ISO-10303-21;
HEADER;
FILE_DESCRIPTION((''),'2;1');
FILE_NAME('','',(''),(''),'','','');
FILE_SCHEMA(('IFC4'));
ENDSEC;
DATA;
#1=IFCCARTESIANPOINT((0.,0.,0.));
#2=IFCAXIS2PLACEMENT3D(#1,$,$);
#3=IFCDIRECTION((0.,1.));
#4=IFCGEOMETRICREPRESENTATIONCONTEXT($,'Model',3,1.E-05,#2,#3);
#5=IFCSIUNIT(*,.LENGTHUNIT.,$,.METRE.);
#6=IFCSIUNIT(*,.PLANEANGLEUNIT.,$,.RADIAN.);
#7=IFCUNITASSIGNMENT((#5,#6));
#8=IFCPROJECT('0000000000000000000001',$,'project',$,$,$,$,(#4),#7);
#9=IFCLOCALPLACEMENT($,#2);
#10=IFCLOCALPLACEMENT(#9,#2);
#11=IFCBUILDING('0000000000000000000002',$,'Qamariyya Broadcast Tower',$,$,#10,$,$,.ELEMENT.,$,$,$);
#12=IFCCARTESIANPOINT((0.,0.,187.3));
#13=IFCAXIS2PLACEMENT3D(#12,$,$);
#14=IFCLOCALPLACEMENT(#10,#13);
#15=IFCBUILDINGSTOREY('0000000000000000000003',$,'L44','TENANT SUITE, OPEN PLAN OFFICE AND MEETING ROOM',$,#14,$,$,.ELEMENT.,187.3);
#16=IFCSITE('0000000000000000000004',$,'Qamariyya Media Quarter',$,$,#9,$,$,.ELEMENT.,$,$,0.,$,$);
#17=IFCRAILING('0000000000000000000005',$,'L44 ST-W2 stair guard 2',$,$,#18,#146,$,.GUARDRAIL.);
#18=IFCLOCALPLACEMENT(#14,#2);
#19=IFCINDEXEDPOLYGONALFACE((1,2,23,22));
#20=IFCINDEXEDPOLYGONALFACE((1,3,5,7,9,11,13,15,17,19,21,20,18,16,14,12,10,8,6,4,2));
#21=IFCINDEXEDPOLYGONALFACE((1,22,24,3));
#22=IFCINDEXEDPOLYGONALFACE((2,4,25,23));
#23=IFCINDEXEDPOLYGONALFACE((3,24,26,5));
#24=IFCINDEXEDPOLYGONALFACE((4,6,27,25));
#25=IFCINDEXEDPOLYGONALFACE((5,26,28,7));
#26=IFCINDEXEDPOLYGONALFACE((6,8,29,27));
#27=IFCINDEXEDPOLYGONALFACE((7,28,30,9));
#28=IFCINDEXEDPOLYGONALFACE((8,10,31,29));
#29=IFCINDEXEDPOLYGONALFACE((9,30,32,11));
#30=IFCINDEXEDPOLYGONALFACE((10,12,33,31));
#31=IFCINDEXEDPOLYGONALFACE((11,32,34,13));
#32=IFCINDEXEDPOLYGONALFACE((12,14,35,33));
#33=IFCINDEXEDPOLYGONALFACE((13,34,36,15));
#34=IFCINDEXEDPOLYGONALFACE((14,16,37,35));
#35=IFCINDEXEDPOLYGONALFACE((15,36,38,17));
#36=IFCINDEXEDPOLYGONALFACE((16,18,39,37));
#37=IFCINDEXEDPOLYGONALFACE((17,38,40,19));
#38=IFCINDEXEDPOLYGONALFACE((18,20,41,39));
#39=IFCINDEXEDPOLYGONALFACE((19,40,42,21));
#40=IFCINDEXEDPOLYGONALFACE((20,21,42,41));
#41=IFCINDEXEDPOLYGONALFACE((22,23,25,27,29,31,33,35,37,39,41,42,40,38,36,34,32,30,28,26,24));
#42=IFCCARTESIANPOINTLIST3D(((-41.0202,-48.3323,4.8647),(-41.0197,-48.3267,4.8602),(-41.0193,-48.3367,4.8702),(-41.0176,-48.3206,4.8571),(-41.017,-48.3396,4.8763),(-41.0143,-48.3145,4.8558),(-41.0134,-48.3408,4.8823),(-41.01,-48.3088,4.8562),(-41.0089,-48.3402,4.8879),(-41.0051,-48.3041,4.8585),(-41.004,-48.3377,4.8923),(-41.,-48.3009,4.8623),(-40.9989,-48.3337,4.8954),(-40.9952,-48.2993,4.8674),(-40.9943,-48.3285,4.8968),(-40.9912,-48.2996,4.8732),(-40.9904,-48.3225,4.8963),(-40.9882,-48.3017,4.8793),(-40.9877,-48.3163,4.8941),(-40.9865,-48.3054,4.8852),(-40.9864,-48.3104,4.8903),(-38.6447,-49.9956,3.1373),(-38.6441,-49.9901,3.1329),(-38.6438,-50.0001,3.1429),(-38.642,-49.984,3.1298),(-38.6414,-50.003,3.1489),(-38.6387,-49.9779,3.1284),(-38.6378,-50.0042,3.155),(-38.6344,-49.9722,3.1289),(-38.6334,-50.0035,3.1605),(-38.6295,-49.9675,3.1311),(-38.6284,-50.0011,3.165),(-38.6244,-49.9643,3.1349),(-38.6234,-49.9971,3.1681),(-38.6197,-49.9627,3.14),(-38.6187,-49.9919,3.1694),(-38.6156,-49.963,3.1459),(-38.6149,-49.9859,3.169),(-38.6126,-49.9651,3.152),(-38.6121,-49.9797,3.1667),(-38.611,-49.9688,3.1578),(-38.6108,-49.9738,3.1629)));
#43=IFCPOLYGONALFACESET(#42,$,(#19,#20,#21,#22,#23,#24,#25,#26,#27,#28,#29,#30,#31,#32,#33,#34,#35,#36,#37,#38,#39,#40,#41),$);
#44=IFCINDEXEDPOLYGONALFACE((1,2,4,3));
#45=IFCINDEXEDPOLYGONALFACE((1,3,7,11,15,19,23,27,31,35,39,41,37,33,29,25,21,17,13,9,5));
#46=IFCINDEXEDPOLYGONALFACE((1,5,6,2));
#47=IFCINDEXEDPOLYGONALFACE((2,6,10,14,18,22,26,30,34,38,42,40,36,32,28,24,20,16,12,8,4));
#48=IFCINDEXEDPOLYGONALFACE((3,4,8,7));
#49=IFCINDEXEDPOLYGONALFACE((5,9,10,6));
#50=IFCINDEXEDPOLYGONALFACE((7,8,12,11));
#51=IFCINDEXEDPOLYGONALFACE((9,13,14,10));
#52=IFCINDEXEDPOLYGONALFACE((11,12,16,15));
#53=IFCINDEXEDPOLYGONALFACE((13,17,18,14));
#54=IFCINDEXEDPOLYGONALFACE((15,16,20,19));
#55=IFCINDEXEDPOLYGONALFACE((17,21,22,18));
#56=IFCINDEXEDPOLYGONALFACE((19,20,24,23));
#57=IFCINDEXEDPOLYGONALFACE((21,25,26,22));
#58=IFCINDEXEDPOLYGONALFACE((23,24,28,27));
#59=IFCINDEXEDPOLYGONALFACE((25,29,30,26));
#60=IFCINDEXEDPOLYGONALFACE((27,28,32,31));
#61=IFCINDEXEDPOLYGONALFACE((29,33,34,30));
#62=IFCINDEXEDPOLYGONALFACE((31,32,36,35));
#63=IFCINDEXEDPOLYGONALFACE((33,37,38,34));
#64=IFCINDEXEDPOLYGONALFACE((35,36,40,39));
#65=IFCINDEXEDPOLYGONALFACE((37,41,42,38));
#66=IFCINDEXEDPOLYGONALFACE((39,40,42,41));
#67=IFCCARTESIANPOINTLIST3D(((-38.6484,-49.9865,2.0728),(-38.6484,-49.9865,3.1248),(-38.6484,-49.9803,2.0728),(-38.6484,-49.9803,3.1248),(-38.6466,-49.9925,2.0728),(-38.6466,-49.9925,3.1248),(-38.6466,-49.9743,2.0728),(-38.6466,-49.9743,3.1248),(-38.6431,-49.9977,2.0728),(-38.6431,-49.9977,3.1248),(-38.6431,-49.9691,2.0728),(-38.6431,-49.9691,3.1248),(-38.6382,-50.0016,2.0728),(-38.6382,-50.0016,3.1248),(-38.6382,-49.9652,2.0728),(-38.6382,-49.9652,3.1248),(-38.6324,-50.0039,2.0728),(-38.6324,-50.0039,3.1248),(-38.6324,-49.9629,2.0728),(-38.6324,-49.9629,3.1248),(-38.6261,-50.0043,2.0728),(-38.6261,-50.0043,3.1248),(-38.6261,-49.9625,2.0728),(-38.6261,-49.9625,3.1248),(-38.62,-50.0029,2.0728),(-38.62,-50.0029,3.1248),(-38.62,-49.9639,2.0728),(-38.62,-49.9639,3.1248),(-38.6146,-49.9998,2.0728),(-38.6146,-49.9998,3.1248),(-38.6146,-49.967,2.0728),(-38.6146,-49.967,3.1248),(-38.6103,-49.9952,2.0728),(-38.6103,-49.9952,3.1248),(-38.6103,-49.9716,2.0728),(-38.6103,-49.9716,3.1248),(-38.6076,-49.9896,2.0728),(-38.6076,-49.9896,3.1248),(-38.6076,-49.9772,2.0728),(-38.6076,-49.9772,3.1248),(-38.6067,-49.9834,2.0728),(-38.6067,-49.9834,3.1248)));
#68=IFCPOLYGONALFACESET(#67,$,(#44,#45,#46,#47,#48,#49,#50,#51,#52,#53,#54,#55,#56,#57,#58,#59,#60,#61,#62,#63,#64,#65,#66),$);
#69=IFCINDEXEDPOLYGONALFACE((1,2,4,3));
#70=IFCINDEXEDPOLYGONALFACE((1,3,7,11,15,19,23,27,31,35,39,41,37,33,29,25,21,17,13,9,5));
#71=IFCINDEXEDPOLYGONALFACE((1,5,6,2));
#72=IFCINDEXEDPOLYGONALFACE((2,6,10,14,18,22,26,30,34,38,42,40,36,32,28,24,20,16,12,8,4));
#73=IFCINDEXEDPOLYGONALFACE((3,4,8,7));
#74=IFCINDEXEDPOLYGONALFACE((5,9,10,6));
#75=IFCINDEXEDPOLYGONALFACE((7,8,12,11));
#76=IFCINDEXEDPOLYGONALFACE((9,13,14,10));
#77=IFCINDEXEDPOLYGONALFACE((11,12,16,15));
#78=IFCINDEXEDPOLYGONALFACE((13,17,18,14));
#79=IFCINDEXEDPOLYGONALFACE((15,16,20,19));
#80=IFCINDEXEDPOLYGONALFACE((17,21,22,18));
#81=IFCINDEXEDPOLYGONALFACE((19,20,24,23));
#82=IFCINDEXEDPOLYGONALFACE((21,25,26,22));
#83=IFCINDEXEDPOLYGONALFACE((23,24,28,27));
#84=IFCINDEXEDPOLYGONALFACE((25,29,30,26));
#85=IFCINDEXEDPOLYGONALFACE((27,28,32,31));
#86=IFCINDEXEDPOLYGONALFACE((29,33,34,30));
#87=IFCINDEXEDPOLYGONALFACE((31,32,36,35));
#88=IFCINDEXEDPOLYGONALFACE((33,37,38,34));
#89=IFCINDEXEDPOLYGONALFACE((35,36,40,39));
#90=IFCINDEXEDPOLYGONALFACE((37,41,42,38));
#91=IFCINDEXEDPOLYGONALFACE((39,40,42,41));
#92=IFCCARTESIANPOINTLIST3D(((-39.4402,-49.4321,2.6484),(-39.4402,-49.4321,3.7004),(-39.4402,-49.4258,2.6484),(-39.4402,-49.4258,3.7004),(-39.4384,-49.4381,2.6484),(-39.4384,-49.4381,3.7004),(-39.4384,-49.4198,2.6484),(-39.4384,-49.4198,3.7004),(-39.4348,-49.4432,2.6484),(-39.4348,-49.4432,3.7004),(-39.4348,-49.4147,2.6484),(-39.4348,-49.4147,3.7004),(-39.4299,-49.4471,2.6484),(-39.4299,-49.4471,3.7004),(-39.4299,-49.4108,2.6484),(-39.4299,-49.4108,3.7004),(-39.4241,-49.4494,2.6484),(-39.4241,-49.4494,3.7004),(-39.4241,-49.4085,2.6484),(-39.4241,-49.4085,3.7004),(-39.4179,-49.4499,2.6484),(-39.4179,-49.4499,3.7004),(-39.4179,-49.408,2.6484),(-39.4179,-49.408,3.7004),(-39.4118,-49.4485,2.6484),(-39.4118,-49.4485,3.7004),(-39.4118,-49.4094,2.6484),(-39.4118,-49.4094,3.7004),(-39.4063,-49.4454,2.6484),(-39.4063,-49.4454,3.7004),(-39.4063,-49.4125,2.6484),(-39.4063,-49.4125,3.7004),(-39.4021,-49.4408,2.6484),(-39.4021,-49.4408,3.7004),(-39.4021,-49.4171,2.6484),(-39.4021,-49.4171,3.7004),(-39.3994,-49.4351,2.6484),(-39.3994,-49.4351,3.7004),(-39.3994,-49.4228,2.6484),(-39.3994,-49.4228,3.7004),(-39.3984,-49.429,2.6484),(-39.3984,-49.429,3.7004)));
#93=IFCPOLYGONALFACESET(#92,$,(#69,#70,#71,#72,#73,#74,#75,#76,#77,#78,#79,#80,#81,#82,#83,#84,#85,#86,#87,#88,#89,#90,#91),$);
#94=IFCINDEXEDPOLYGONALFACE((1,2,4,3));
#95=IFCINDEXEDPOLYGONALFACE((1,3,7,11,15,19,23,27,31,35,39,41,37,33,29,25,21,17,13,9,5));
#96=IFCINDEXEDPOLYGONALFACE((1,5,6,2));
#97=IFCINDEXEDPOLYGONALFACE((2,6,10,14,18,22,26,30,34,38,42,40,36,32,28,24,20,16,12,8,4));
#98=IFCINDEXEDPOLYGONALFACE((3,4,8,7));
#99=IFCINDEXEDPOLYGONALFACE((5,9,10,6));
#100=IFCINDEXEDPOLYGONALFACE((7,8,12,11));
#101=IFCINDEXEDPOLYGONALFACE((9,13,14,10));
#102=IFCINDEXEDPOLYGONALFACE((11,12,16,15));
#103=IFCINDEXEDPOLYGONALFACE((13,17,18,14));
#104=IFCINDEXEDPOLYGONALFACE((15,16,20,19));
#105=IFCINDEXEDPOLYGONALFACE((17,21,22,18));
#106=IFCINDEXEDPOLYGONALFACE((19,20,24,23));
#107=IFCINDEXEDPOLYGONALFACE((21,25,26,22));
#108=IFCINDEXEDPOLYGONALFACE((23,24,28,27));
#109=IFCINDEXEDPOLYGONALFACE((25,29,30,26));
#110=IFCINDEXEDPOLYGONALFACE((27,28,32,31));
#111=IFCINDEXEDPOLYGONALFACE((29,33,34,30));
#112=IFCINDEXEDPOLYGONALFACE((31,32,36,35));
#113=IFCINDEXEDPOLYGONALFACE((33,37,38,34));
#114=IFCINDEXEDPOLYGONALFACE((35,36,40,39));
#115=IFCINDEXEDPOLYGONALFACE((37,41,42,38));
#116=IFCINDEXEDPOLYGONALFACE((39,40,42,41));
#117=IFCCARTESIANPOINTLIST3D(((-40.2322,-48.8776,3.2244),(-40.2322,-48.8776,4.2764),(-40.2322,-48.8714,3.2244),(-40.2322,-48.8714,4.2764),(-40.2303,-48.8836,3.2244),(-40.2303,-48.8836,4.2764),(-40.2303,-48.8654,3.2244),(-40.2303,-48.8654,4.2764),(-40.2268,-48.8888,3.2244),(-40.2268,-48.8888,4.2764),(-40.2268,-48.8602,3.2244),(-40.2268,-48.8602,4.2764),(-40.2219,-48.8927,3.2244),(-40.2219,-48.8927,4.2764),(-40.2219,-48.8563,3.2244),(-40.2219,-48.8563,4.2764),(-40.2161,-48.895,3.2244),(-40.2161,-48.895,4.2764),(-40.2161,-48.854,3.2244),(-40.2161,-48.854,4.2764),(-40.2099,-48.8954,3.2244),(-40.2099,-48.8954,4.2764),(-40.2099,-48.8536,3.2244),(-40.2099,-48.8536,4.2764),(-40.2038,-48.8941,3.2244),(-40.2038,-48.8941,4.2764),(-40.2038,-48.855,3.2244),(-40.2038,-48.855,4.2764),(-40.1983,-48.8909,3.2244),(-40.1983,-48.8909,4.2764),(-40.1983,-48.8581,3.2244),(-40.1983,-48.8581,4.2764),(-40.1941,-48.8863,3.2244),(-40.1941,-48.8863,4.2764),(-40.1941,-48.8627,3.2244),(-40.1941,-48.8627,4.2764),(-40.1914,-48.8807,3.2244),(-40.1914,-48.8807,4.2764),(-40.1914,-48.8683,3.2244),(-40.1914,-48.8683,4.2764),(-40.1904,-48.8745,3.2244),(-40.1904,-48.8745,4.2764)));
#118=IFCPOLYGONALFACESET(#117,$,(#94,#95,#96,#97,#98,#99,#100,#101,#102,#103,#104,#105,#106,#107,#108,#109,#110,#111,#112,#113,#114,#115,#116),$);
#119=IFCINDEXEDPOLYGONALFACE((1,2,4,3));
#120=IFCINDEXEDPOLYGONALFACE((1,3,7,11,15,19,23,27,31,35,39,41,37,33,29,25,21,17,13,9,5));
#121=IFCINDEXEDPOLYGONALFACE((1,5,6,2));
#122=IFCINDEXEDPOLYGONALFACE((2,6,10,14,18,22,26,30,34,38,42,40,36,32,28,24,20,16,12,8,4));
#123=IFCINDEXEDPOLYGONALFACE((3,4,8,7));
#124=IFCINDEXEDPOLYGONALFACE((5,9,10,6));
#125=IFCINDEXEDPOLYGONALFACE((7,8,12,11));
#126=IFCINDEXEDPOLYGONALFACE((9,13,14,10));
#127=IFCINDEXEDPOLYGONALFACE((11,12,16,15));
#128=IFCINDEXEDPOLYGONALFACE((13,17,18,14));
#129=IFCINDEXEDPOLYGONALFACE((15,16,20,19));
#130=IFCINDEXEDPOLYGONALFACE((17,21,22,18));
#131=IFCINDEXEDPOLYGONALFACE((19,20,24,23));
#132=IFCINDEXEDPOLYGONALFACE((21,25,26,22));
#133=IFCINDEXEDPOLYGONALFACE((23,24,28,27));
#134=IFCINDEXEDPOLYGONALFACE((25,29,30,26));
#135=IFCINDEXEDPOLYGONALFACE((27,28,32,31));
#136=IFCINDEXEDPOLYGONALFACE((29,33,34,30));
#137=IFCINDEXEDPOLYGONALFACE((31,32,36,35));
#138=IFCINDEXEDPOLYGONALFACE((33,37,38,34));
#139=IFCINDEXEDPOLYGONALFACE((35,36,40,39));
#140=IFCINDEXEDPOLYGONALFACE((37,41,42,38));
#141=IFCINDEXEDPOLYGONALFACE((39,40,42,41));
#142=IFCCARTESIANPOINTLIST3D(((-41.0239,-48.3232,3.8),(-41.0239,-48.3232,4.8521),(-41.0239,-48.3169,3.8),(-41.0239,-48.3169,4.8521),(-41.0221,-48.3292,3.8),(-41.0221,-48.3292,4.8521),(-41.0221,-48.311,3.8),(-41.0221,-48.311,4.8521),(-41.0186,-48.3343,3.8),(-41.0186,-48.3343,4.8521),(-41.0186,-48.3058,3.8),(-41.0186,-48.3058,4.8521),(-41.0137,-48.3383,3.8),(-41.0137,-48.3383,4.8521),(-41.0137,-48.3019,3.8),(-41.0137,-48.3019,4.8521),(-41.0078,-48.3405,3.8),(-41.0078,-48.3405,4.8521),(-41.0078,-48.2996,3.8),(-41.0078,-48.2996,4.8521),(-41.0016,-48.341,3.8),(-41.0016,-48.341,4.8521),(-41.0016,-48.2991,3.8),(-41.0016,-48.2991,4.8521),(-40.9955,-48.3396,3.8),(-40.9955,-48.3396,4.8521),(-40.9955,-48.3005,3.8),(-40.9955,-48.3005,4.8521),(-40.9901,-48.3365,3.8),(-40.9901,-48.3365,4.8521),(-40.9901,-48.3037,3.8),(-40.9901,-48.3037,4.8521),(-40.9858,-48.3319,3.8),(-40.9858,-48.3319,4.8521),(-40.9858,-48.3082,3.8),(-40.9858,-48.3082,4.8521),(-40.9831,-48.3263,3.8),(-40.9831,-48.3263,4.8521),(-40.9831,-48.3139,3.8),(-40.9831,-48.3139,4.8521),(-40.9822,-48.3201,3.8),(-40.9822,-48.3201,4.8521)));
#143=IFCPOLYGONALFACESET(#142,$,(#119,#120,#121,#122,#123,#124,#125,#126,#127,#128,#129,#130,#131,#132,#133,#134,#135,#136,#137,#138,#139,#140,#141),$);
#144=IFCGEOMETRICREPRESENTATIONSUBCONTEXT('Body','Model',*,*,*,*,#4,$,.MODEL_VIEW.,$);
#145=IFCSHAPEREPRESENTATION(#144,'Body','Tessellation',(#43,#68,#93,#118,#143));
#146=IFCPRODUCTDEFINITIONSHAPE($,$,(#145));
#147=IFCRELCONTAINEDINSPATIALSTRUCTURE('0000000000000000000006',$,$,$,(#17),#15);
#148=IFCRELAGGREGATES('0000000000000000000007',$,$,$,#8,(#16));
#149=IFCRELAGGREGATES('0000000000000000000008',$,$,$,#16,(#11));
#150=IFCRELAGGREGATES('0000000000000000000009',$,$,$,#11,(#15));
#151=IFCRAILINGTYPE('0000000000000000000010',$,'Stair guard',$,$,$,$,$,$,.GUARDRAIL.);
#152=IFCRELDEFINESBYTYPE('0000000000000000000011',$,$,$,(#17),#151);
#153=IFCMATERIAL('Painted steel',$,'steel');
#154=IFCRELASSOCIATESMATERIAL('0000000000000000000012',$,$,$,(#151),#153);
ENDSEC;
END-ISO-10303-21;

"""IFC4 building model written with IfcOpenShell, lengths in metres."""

from ifc_helpers import new_model, si_unit, direction, frame, origin, origin_2d, place, context, subcontext, project, spatial, circle, extrude, material, type_object, element, save


model = new_model("IFC4")

# Units and contexts
model_context = context("Model", 3, precision=1e-05, world=origin(), true_north=direction((0.0, 1.0)))
body_context = subcontext(model_context, "Body", "Model", "MODEL_VIEW")
ifc_project = project(units=[si_unit("LENGTHUNIT", "METRE"), si_unit("PLANEANGLEUNIT", "RADIAN")], contexts=[model_context])

# Site, building, storey
site_placement = place(None, origin())
site = spatial("IfcSite", under=ifc_project, at=site_placement, Name="Qamariyya Media Quarter", CompositionType="ELEMENT", RefElevation=0.0)
building_placement = place(site_placement, origin())
building = spatial("IfcBuilding", under=site, at=building_placement, Name="Qamariyya Broadcast Tower", CompositionType="ELEMENT")
storey_placement = place(building_placement, frame((0.0, 0.0, 187.3)))
storey = spatial("IfcBuildingStorey", under=building, at=storey_placement, Name="L44", Description="TENANT SUITE, OPEN PLAN OFFICE AND MEETING ROOM", CompositionType="ELEMENT", Elevation=187.3)

# Railing
ifc_material_1 = material(Name="Painted steel", Category="steel")
railing_type_1 = type_object("IfcRailingType", Name="Stair guard", PredefinedType="GUARDRAIL", material=ifc_material_1)
railing_1_placement = place(storey_placement, frame((-38.6277, -49.9834, 2.0728)))
element("IfcRailing", 1, at=railing_1_placement, inside=storey, type_object=railing_type_1, Name="L44 ST-W2 stair guard 2", PredefinedType="GUARDRAIL", context=body_context, shape_type="SweptSolid", body=[
    extrude(circle(Radius=0.0239, at=origin_2d()), frame((0.0, 0.0, 1.0762), z_axis=(-0.70377, 0.492784, 0.511734), x_axis=(-0.573575, -0.819153, 0.0)), (0.0, 0.0, 1.0), 3.3755),
    extrude(circle(Radius=0.021, at=origin_2d()), origin(), (0.0, 0.0, 1.0), 1.052),
    extrude(circle(Radius=0.021, at=origin_2d()), frame((-0.7917, 0.5544, 0.5757)), (0.0, 0.0, 1.0), 1.052),
    extrude(circle(Radius=0.021, at=origin_2d()), frame((-1.5837, 1.1089, 1.1516)), (0.0, 0.0, 1.0), 1.052),
    extrude(circle(Radius=0.021, at=origin_2d()), frame((-2.3755, 1.6633, 1.7273)), (0.0, 0.0, 1.0), 1.052),
])

save(model, "model.ifc")
